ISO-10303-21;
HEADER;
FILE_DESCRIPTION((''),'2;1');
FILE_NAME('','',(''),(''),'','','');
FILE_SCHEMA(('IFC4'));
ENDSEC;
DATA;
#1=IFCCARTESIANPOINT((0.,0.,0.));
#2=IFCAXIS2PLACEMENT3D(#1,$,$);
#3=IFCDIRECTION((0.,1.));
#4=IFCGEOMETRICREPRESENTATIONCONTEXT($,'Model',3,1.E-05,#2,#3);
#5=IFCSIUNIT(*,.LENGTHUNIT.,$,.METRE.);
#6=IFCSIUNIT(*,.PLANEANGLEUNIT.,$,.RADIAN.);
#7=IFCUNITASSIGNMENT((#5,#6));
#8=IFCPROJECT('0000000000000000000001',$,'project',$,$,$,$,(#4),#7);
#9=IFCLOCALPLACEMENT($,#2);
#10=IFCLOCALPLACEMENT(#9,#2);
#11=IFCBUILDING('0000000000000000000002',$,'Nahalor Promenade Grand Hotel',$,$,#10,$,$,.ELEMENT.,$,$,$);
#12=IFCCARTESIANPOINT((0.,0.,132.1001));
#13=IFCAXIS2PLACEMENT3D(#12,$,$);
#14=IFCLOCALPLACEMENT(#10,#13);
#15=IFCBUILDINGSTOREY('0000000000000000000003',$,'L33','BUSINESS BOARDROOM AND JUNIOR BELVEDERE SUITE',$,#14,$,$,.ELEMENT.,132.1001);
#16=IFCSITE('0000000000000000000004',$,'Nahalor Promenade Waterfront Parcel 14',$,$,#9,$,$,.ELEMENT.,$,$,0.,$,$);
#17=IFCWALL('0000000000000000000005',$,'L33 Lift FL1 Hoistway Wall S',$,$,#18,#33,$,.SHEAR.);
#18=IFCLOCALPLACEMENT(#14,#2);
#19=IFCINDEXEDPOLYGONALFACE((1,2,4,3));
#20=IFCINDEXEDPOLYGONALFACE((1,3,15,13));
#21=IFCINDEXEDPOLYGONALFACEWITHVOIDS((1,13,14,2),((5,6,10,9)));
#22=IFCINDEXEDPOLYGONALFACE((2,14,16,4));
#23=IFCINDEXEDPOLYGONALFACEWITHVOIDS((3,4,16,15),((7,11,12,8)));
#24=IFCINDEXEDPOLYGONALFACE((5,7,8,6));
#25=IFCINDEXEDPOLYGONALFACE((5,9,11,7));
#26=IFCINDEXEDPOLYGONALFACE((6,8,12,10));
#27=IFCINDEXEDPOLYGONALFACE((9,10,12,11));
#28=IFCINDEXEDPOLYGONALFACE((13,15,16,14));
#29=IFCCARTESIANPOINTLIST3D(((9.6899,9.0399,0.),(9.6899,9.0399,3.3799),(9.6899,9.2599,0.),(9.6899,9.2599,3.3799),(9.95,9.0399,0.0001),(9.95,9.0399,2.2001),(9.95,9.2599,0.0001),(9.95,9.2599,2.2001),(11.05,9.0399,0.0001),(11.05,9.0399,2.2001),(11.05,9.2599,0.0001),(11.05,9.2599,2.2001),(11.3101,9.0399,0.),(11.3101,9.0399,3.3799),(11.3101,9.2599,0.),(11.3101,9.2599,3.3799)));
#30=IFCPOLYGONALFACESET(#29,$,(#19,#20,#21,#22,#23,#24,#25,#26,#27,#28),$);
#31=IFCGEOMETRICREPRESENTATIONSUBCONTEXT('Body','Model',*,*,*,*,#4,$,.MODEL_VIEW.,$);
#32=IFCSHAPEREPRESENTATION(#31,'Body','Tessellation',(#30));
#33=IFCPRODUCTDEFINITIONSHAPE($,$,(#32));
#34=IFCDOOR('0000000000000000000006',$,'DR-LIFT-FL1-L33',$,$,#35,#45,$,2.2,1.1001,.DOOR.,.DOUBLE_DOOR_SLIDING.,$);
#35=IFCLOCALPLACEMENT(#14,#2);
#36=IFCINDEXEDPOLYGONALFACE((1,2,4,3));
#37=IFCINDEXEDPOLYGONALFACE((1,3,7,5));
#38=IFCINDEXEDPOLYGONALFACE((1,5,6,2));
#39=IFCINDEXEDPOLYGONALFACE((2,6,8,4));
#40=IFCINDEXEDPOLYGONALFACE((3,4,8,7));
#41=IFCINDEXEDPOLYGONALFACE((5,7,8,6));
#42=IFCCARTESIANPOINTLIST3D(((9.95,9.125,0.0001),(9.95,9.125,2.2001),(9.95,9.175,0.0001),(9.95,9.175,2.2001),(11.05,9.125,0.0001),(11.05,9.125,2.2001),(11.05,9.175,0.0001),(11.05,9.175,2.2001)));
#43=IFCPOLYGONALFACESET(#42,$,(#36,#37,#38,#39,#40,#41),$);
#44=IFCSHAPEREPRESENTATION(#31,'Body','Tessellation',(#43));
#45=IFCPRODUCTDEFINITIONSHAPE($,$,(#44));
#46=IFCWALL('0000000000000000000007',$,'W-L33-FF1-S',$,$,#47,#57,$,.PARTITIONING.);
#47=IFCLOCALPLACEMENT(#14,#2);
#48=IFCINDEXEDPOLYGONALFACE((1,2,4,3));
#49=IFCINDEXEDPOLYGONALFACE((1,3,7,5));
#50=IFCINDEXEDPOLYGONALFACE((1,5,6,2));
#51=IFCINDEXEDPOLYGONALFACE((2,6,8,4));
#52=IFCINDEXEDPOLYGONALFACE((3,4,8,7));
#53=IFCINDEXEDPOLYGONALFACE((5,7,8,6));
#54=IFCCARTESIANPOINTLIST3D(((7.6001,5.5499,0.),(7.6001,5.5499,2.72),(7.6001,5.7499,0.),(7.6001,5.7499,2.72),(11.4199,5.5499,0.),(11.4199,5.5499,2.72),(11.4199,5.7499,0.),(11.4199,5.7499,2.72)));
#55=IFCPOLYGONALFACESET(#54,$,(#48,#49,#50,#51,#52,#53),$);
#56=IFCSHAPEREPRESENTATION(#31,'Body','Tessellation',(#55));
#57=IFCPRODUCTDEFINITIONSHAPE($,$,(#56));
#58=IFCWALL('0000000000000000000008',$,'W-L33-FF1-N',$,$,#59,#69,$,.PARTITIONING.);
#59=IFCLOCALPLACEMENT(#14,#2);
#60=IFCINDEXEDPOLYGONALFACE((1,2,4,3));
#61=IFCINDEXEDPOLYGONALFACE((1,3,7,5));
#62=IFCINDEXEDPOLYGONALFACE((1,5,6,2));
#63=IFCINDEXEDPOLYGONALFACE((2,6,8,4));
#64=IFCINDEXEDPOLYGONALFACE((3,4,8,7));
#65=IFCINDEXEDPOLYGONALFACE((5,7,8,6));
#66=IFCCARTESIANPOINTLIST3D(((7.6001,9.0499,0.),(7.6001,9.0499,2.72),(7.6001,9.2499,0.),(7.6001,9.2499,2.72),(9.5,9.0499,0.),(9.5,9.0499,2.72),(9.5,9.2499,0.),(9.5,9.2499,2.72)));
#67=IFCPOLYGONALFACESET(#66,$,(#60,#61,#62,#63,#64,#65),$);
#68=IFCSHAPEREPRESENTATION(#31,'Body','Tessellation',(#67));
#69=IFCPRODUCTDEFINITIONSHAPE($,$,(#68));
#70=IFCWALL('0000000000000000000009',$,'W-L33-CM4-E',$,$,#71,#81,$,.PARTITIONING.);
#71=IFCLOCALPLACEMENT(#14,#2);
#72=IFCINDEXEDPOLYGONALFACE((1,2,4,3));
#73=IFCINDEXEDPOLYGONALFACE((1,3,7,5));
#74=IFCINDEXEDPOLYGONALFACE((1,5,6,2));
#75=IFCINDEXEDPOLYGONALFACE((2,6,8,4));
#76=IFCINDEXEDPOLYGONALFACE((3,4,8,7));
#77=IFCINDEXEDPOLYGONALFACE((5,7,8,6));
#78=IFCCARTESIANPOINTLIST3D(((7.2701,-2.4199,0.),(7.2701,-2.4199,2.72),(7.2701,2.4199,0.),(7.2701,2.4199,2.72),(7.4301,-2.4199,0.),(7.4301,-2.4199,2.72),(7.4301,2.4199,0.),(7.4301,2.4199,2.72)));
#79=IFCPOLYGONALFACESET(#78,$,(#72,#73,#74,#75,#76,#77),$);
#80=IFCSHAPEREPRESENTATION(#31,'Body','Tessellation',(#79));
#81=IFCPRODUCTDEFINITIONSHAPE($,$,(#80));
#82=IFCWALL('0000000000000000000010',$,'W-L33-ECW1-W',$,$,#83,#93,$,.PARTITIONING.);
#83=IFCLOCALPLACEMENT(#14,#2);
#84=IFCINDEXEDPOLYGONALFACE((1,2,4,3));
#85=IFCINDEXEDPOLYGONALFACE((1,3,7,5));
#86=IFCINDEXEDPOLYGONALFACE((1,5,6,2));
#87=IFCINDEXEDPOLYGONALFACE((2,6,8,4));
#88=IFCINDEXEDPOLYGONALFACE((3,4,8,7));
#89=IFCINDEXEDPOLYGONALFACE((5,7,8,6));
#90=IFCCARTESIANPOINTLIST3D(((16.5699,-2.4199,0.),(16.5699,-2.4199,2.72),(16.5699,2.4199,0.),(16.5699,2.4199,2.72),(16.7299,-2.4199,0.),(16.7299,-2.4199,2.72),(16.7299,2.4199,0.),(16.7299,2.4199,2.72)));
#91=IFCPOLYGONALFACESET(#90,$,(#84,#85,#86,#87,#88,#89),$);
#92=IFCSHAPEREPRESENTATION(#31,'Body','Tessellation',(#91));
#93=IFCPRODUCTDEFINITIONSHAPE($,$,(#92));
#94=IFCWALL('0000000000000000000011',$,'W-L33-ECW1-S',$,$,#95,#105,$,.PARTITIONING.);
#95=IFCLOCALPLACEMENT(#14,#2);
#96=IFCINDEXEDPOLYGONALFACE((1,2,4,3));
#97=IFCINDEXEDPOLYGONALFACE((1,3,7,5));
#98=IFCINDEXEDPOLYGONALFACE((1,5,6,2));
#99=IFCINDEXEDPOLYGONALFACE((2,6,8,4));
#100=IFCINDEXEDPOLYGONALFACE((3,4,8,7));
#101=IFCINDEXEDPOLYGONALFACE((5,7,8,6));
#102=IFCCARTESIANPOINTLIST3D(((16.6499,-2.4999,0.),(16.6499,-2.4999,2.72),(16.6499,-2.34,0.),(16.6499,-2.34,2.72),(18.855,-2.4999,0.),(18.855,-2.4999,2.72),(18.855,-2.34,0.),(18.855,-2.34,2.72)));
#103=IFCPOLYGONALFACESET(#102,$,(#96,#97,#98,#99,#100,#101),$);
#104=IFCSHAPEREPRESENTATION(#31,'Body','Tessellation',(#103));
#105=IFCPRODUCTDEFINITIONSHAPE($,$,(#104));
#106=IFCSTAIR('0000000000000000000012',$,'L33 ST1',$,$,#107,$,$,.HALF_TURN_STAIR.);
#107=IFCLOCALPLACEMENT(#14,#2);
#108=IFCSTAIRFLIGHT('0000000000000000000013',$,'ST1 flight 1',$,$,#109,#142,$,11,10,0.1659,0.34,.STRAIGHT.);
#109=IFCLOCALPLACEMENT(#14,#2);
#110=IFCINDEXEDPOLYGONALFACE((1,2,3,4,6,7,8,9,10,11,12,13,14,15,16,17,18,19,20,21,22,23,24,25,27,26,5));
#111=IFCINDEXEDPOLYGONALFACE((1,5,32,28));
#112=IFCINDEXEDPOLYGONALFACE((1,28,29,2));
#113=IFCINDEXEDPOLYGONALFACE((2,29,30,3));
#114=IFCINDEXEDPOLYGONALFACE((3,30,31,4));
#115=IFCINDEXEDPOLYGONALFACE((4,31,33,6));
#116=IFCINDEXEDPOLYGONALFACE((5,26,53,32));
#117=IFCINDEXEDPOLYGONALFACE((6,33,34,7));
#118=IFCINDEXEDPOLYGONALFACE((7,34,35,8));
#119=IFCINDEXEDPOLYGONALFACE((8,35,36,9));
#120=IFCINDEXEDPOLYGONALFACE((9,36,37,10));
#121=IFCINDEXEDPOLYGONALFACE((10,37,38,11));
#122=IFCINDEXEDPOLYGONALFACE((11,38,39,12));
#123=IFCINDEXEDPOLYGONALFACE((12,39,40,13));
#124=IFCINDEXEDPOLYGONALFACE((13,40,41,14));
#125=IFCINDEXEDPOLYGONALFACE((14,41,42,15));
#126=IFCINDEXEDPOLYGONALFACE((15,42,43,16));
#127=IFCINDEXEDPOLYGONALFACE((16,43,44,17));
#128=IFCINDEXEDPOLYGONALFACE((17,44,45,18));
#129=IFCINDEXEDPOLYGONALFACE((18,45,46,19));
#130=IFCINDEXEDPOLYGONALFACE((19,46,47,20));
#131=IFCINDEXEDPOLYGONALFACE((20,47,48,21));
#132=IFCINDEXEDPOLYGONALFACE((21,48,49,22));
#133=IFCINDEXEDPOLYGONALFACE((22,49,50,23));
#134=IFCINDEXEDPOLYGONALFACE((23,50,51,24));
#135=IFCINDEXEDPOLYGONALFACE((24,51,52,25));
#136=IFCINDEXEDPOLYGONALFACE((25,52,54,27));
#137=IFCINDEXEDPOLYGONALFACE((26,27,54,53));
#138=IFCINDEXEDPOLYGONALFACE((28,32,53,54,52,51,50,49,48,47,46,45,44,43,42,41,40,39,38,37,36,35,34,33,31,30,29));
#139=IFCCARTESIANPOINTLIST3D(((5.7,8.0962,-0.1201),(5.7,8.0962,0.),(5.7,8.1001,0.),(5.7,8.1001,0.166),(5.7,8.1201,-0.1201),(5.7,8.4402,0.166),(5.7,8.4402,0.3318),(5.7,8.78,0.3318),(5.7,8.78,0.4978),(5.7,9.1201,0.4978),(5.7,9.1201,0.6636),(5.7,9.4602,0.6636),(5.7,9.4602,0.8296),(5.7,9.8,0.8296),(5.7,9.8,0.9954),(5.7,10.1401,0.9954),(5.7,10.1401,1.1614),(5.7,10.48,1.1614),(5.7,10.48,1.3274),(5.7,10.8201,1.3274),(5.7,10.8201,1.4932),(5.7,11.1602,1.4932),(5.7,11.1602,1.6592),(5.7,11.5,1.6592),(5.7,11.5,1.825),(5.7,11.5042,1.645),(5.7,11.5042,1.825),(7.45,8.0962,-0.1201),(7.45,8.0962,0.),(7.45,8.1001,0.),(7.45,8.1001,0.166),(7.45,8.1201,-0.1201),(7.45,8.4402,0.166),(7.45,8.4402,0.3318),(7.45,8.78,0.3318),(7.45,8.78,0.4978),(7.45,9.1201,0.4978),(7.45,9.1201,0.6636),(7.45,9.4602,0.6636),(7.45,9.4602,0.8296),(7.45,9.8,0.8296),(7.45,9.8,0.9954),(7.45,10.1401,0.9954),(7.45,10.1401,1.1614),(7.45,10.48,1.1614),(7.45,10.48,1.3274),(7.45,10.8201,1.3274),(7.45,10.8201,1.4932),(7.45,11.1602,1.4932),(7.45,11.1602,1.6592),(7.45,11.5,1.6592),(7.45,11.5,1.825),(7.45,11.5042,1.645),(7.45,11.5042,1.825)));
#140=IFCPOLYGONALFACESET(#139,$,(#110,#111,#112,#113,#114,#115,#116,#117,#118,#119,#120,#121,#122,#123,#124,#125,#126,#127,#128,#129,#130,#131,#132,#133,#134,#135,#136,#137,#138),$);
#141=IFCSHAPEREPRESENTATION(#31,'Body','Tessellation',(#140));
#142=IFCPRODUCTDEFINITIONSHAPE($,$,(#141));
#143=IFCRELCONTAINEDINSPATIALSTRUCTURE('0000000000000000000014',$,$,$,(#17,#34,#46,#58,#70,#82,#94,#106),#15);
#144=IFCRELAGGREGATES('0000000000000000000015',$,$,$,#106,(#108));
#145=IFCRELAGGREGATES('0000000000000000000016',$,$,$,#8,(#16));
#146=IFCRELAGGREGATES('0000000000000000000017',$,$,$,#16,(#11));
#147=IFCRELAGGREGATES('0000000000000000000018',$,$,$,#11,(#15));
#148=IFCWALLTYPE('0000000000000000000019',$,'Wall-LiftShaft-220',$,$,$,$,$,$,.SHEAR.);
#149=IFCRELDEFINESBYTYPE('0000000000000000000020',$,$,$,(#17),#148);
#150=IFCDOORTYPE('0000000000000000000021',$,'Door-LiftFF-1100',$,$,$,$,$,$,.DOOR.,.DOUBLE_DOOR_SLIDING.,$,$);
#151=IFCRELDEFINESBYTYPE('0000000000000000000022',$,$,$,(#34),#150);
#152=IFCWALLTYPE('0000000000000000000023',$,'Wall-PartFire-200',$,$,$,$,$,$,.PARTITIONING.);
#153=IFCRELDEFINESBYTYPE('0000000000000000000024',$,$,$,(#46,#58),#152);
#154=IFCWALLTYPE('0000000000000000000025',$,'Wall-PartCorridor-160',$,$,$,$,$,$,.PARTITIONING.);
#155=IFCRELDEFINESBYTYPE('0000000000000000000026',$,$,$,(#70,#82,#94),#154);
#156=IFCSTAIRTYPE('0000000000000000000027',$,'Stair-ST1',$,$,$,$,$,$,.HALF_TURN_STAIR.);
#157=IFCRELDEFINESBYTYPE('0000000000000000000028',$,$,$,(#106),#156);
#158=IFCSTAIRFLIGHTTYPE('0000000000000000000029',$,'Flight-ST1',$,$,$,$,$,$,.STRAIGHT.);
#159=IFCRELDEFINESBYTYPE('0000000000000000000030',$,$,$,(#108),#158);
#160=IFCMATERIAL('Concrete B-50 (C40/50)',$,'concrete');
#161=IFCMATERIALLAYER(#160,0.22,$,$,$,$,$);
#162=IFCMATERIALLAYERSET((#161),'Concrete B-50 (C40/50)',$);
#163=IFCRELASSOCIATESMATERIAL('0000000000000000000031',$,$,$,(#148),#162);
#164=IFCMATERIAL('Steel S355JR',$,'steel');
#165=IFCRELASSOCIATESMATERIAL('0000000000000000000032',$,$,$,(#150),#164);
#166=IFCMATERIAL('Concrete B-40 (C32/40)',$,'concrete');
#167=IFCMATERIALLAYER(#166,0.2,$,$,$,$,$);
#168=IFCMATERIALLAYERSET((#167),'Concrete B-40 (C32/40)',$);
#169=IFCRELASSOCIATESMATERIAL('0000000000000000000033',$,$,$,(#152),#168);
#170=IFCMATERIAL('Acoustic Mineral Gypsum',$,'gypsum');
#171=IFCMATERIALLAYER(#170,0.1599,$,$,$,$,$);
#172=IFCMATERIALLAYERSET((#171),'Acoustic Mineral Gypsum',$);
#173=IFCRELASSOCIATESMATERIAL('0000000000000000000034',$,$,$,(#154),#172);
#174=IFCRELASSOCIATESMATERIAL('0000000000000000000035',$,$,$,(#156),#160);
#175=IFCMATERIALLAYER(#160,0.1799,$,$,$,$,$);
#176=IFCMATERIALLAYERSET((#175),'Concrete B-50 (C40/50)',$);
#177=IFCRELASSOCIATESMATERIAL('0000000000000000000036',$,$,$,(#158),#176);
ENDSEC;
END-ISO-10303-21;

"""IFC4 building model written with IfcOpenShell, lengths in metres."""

from ifc_helpers import new_model, si_unit, direction, frame, frame_2d, origin, place, context, subcontext, project, spatial, polyline, rectangle, outline, extrude, source, transform, mapped, material, layer, layer_set, type_object, element, fill, aggregate, save


model = new_model("IFC4")

# Units and contexts
model_context = context("Model", 3, precision=1e-05, world=origin(), true_north=direction((0.0, 1.0)))
body_context = subcontext(model_context, "Body", "Model", "MODEL_VIEW")
ifc_project = project(units=[si_unit("LENGTHUNIT", "METRE"), si_unit("PLANEANGLEUNIT", "RADIAN")], contexts=[model_context])

# Site, building, storey
site_placement = place(None, origin())
site = spatial("IfcSite", under=ifc_project, at=site_placement, Name="Nahalor Promenade Waterfront Parcel 14", CompositionType="ELEMENT", RefElevation=0.0)
building_placement = place(site_placement, origin())
building = spatial("IfcBuilding", under=site, at=building_placement, Name="Nahalor Promenade Grand Hotel", CompositionType="ELEMENT")
storey_placement = place(building_placement, frame((0.0, 0.0, 132.1001)))
storey = spatial("IfcBuildingStorey", under=building, at=storey_placement, Name="L33", Description="BUSINESS BOARDROOM AND JUNIOR BELVEDERE SUITE", CompositionType="ELEMENT", Elevation=132.1001)

# Shared definitions
ifc_material_1 = material(Name="Steel S355JR", Category="steel")

# Shared definitions
ifc_material_2 = material(Name="Concrete B-50 (C40/50)", Category="concrete")

# Shared definitions
ifc_layer_1 = layer(ifc_material_2, 0.22)
ifc_layer_set_1 = layer_set([ifc_layer_1], Name="Concrete B-50 (C40/50)")
wall_type_1 = type_object("IfcWallType", Name="Wall-LiftShaft-220", PredefinedType="SHEAR", material=ifc_layer_set_1)

# Wall, opening, door
shared_shape_1 = source(origin(), body_context, "Body", "SweptSolid", [
    extrude(rectangle(XDim=1.6201, YDim=0.22, at=frame_2d((0.8101, 0.0))), origin(), (0.0, 0.0, 1.0), 3.3799),
])
wall_1_placement = place(storey_placement, frame((9.6899, 9.1499, 0.0), z_axis=(0.0, 0.0, 1.0), x_axis=(1.0, 0.0, 0.0)))
wall_1 = element("IfcWall", 1, at=wall_1_placement, inside=storey, type_object=wall_type_1, Name="L33 Lift FL1 Hoistway Wall S", PredefinedType="SHEAR", context=body_context, shape_type="MappedRepresentation", body=[
    mapped(shared_shape_1, transform((0.0, 0.0, 0.0), scale=1.0)),
])
opening_1_placement = place(wall_1_placement, frame((0.26, 0.0, 0.0)))
opening_1 = element("IfcOpeningElement", 2, at=opening_1_placement, cuts=wall_1, PredefinedType="OPENING", context=body_context, shape_type="SweptSolid", body=[
    extrude(rectangle(XDim=1.1001, YDim=2.2, at=frame_2d((0.55, 1.1001))), frame((0.0, 0.1199, 0.0), z_axis=(0.0, -1.0, 0.0), x_axis=(1.0, 0.0, 0.0)), (0.0, 0.0, 1.0), 0.24),
])
door_type_1 = type_object("IfcDoorType", Name="Door-LiftFF-1100", OperationType="DOUBLE_DOOR_SLIDING", PredefinedType="DOOR", material=ifc_material_1)
shared_shape_2 = source(origin(), body_context, "Body", "SweptSolid", [
    extrude(rectangle(XDim=1.1001, YDim=2.2, at=frame_2d((0.55, 1.1001))), frame((0.0, 0.0249, 0.0), z_axis=(0.0, -1.0, 0.0), x_axis=(1.0, 0.0, 0.0)), (0.0, 0.0, 1.0), 0.05),
])
door_1_placement = place(opening_1_placement, frame((1.1001, 0.0, 0.0), z_axis=(0.0, 0.0, 1.0), x_axis=(-1.0, 0.0, 0.0)))
door_1 = element("IfcDoor", 3, at=door_1_placement, inside=storey, type_object=door_type_1, Name="DR-LIFT-FL1-L33", OperationType="DOUBLE_DOOR_SLIDING", OverallHeight=2.2, OverallWidth=1.1001, PredefinedType="DOOR", context=body_context, shape_type="MappedRepresentation", body=[
    mapped(shared_shape_2, transform((0.0, 0.0, 0.0), scale=1.0)),
])
fill(opening_1, door_1)

# Walls
ifc_material_3 = material(Name="Concrete B-40 (C32/40)", Category="concrete")
ifc_layer_2 = layer(ifc_material_3, 0.2)
ifc_layer_set_2 = layer_set([ifc_layer_2], Name="Concrete B-40 (C32/40)")
wall_type_2 = type_object("IfcWallType", Name="Wall-PartFire-200", PredefinedType="PARTITIONING", material=ifc_layer_set_2)
shared_shape_3 = source(origin(), body_context, "Body", "SweptSolid", [
    extrude(rectangle(XDim=3.8198, YDim=0.2, at=frame_2d((1.9099, 0.0))), origin(), (0.0, 0.0, 1.0), 2.72),
])
wall_2_placement = place(storey_placement, frame((7.6001, 5.6499, 0.0), z_axis=(0.0, 0.0, 1.0), x_axis=(1.0, 0.0, 0.0)))
element("IfcWall", 4, at=wall_2_placement, inside=storey, type_object=wall_type_2, Name="W-L33-FF1-S", PredefinedType="PARTITIONING", context=body_context, shape_type="MappedRepresentation", body=[
    mapped(shared_shape_3, transform((0.0, 0.0, 0.0), scale=1.0)),
])
shared_shape_4 = source(origin(), body_context, "Body", "SweptSolid", [
    extrude(rectangle(XDim=1.8999, YDim=0.2, at=frame_2d((0.95, 0.0))), origin(), (0.0, 0.0, 1.0), 2.72),
])
wall_3_placement = place(storey_placement, frame((7.6001, 9.1499, 0.0), z_axis=(0.0, 0.0, 1.0), x_axis=(1.0, 0.0, 0.0)))
element("IfcWall", 5, at=wall_3_placement, inside=storey, type_object=wall_type_2, Name="W-L33-FF1-N", PredefinedType="PARTITIONING", context=body_context, shape_type="MappedRepresentation", body=[
    mapped(shared_shape_4, transform((0.0, 0.0, 0.0), scale=1.0)),
])

# Walls
ifc_material_4 = material(Name="Acoustic Mineral Gypsum", Category="gypsum")
ifc_layer_3 = layer(ifc_material_4, 0.1599)
ifc_layer_set_3 = layer_set([ifc_layer_3], Name="Acoustic Mineral Gypsum")
wall_type_3 = type_object("IfcWallType", Name="Wall-PartCorridor-160", PredefinedType="PARTITIONING", material=ifc_layer_set_3)
shared_shape_5 = source(origin(), body_context, "Body", "SweptSolid", [
    extrude(rectangle(XDim=4.8398, YDim=0.1599, at=frame_2d((2.4199, 0.0))), origin(), (0.0, 0.0, 1.0), 2.72),
])
for number, where, z_axis, x_axis, name in (
    (6, (7.3501, -2.4199, 0.0), (0.0, 0.0, 1.0), (0.0, 1.0, 0.0), "W-L33-CM4-E"),
    (7, (16.6499, -2.4199, 0.0), (0.0, 0.0, 1.0), (0.0, 1.0, 0.0), "W-L33-ECW1-W"),
):
    element("IfcWall", number, at=place(storey_placement, frame(where, z_axis=z_axis, x_axis=x_axis)), inside=storey, type_object=wall_type_3, Name=name, PredefinedType="PARTITIONING", context=body_context, shape_type="MappedRepresentation", body=[
        mapped(shared_shape_5, transform((0.0, 0.0, 0.0), scale=1.0)),
    ])
shared_shape_6 = source(origin(), body_context, "Body", "SweptSolid", [
    extrude(rectangle(XDim=2.2051, YDim=0.1599, at=frame_2d((1.1025, 0.0))), origin(), (0.0, 0.0, 1.0), 2.72),
])
wall_4_placement = place(storey_placement, frame((16.6499, -2.4199, 0.0), z_axis=(0.0, 0.0, 1.0), x_axis=(1.0, 0.0, 0.0)))
element("IfcWall", 8, at=wall_4_placement, inside=storey, type_object=wall_type_3, Name="W-L33-ECW1-S", PredefinedType="PARTITIONING", context=body_context, shape_type="MappedRepresentation", body=[
    mapped(shared_shape_6, transform((0.0, 0.0, 0.0), scale=1.0)),
])

# Stair, stair flight
stair_type = type_object("IfcStairType", Name="Stair-ST1", PredefinedType="HALF_TURN_STAIR", material=ifc_material_2)
stair_placement = place(storey_placement, origin())
stair = element("IfcStair", 9, at=stair_placement, inside=storey, type_object=stair_type, Name="L33 ST1", PredefinedType="HALF_TURN_STAIR")
ifc_layer_4 = layer(ifc_material_2, 0.1799)
ifc_layer_set_4 = layer_set([ifc_layer_4], Name="Concrete B-50 (C40/50)")
stair_flight_type = type_object("IfcStairFlightType", Name="Flight-ST1", PredefinedType="STRAIGHT", material=ifc_layer_set_4)
shared_shape_7 = source(origin(), body_context, "Body", "SweptSolid", [
    extrude(outline(polyline([(-0.0039, -0.1201), (-0.0039, 0.0), (0.0, 0.0), (0.0, 0.166), (0.3401, 0.166), (0.3401, 0.3318), (0.6799, 0.3318), (0.6799, 0.4978), (1.02, 0.4978), (1.02, 0.6636), (1.3601, 0.6636), (1.3601, 0.8296), (1.7, 0.8296), (1.7, 0.9954), (2.04, 0.9954), (2.04, 1.1614), (2.3799, 1.1614), (2.3799, 1.3274), (2.72, 1.3274), (2.72, 1.4932), (3.0601, 1.4932), (3.0601, 1.6592), (3.3999, 1.6592), (3.3999, 1.825), (3.4041, 1.825), (3.4041, 1.645), (0.02, -0.1201), (-0.0039, -0.1201)])), frame((0.0, 0.875, 0.0), z_axis=(0.0, -1.0, 0.0), x_axis=(1.0, 0.0, 0.0)), (0.0, 0.0, 1.0), 1.75),
])
stair_flight_placement = place(storey_placement, frame((6.575, 8.1001, 0.0), z_axis=(0.0, 0.0, 1.0), x_axis=(0.0, 1.0, 0.0)))
stair_flight = element("IfcStairFlight", 10, at=stair_flight_placement, type_object=stair_flight_type, Name="ST1 flight 1", NumberOfRisers=11, NumberOfTreads=10, PredefinedType="STRAIGHT", RiserHeight=0.1659, TreadLength=0.34, context=body_context, shape_type="MappedRepresentation", body=[
    mapped(shared_shape_7, transform((0.0, 0.0, 0.0), scale=1.0)),
])
aggregate(stair, [stair_flight])

save(model, "model.ifc")
